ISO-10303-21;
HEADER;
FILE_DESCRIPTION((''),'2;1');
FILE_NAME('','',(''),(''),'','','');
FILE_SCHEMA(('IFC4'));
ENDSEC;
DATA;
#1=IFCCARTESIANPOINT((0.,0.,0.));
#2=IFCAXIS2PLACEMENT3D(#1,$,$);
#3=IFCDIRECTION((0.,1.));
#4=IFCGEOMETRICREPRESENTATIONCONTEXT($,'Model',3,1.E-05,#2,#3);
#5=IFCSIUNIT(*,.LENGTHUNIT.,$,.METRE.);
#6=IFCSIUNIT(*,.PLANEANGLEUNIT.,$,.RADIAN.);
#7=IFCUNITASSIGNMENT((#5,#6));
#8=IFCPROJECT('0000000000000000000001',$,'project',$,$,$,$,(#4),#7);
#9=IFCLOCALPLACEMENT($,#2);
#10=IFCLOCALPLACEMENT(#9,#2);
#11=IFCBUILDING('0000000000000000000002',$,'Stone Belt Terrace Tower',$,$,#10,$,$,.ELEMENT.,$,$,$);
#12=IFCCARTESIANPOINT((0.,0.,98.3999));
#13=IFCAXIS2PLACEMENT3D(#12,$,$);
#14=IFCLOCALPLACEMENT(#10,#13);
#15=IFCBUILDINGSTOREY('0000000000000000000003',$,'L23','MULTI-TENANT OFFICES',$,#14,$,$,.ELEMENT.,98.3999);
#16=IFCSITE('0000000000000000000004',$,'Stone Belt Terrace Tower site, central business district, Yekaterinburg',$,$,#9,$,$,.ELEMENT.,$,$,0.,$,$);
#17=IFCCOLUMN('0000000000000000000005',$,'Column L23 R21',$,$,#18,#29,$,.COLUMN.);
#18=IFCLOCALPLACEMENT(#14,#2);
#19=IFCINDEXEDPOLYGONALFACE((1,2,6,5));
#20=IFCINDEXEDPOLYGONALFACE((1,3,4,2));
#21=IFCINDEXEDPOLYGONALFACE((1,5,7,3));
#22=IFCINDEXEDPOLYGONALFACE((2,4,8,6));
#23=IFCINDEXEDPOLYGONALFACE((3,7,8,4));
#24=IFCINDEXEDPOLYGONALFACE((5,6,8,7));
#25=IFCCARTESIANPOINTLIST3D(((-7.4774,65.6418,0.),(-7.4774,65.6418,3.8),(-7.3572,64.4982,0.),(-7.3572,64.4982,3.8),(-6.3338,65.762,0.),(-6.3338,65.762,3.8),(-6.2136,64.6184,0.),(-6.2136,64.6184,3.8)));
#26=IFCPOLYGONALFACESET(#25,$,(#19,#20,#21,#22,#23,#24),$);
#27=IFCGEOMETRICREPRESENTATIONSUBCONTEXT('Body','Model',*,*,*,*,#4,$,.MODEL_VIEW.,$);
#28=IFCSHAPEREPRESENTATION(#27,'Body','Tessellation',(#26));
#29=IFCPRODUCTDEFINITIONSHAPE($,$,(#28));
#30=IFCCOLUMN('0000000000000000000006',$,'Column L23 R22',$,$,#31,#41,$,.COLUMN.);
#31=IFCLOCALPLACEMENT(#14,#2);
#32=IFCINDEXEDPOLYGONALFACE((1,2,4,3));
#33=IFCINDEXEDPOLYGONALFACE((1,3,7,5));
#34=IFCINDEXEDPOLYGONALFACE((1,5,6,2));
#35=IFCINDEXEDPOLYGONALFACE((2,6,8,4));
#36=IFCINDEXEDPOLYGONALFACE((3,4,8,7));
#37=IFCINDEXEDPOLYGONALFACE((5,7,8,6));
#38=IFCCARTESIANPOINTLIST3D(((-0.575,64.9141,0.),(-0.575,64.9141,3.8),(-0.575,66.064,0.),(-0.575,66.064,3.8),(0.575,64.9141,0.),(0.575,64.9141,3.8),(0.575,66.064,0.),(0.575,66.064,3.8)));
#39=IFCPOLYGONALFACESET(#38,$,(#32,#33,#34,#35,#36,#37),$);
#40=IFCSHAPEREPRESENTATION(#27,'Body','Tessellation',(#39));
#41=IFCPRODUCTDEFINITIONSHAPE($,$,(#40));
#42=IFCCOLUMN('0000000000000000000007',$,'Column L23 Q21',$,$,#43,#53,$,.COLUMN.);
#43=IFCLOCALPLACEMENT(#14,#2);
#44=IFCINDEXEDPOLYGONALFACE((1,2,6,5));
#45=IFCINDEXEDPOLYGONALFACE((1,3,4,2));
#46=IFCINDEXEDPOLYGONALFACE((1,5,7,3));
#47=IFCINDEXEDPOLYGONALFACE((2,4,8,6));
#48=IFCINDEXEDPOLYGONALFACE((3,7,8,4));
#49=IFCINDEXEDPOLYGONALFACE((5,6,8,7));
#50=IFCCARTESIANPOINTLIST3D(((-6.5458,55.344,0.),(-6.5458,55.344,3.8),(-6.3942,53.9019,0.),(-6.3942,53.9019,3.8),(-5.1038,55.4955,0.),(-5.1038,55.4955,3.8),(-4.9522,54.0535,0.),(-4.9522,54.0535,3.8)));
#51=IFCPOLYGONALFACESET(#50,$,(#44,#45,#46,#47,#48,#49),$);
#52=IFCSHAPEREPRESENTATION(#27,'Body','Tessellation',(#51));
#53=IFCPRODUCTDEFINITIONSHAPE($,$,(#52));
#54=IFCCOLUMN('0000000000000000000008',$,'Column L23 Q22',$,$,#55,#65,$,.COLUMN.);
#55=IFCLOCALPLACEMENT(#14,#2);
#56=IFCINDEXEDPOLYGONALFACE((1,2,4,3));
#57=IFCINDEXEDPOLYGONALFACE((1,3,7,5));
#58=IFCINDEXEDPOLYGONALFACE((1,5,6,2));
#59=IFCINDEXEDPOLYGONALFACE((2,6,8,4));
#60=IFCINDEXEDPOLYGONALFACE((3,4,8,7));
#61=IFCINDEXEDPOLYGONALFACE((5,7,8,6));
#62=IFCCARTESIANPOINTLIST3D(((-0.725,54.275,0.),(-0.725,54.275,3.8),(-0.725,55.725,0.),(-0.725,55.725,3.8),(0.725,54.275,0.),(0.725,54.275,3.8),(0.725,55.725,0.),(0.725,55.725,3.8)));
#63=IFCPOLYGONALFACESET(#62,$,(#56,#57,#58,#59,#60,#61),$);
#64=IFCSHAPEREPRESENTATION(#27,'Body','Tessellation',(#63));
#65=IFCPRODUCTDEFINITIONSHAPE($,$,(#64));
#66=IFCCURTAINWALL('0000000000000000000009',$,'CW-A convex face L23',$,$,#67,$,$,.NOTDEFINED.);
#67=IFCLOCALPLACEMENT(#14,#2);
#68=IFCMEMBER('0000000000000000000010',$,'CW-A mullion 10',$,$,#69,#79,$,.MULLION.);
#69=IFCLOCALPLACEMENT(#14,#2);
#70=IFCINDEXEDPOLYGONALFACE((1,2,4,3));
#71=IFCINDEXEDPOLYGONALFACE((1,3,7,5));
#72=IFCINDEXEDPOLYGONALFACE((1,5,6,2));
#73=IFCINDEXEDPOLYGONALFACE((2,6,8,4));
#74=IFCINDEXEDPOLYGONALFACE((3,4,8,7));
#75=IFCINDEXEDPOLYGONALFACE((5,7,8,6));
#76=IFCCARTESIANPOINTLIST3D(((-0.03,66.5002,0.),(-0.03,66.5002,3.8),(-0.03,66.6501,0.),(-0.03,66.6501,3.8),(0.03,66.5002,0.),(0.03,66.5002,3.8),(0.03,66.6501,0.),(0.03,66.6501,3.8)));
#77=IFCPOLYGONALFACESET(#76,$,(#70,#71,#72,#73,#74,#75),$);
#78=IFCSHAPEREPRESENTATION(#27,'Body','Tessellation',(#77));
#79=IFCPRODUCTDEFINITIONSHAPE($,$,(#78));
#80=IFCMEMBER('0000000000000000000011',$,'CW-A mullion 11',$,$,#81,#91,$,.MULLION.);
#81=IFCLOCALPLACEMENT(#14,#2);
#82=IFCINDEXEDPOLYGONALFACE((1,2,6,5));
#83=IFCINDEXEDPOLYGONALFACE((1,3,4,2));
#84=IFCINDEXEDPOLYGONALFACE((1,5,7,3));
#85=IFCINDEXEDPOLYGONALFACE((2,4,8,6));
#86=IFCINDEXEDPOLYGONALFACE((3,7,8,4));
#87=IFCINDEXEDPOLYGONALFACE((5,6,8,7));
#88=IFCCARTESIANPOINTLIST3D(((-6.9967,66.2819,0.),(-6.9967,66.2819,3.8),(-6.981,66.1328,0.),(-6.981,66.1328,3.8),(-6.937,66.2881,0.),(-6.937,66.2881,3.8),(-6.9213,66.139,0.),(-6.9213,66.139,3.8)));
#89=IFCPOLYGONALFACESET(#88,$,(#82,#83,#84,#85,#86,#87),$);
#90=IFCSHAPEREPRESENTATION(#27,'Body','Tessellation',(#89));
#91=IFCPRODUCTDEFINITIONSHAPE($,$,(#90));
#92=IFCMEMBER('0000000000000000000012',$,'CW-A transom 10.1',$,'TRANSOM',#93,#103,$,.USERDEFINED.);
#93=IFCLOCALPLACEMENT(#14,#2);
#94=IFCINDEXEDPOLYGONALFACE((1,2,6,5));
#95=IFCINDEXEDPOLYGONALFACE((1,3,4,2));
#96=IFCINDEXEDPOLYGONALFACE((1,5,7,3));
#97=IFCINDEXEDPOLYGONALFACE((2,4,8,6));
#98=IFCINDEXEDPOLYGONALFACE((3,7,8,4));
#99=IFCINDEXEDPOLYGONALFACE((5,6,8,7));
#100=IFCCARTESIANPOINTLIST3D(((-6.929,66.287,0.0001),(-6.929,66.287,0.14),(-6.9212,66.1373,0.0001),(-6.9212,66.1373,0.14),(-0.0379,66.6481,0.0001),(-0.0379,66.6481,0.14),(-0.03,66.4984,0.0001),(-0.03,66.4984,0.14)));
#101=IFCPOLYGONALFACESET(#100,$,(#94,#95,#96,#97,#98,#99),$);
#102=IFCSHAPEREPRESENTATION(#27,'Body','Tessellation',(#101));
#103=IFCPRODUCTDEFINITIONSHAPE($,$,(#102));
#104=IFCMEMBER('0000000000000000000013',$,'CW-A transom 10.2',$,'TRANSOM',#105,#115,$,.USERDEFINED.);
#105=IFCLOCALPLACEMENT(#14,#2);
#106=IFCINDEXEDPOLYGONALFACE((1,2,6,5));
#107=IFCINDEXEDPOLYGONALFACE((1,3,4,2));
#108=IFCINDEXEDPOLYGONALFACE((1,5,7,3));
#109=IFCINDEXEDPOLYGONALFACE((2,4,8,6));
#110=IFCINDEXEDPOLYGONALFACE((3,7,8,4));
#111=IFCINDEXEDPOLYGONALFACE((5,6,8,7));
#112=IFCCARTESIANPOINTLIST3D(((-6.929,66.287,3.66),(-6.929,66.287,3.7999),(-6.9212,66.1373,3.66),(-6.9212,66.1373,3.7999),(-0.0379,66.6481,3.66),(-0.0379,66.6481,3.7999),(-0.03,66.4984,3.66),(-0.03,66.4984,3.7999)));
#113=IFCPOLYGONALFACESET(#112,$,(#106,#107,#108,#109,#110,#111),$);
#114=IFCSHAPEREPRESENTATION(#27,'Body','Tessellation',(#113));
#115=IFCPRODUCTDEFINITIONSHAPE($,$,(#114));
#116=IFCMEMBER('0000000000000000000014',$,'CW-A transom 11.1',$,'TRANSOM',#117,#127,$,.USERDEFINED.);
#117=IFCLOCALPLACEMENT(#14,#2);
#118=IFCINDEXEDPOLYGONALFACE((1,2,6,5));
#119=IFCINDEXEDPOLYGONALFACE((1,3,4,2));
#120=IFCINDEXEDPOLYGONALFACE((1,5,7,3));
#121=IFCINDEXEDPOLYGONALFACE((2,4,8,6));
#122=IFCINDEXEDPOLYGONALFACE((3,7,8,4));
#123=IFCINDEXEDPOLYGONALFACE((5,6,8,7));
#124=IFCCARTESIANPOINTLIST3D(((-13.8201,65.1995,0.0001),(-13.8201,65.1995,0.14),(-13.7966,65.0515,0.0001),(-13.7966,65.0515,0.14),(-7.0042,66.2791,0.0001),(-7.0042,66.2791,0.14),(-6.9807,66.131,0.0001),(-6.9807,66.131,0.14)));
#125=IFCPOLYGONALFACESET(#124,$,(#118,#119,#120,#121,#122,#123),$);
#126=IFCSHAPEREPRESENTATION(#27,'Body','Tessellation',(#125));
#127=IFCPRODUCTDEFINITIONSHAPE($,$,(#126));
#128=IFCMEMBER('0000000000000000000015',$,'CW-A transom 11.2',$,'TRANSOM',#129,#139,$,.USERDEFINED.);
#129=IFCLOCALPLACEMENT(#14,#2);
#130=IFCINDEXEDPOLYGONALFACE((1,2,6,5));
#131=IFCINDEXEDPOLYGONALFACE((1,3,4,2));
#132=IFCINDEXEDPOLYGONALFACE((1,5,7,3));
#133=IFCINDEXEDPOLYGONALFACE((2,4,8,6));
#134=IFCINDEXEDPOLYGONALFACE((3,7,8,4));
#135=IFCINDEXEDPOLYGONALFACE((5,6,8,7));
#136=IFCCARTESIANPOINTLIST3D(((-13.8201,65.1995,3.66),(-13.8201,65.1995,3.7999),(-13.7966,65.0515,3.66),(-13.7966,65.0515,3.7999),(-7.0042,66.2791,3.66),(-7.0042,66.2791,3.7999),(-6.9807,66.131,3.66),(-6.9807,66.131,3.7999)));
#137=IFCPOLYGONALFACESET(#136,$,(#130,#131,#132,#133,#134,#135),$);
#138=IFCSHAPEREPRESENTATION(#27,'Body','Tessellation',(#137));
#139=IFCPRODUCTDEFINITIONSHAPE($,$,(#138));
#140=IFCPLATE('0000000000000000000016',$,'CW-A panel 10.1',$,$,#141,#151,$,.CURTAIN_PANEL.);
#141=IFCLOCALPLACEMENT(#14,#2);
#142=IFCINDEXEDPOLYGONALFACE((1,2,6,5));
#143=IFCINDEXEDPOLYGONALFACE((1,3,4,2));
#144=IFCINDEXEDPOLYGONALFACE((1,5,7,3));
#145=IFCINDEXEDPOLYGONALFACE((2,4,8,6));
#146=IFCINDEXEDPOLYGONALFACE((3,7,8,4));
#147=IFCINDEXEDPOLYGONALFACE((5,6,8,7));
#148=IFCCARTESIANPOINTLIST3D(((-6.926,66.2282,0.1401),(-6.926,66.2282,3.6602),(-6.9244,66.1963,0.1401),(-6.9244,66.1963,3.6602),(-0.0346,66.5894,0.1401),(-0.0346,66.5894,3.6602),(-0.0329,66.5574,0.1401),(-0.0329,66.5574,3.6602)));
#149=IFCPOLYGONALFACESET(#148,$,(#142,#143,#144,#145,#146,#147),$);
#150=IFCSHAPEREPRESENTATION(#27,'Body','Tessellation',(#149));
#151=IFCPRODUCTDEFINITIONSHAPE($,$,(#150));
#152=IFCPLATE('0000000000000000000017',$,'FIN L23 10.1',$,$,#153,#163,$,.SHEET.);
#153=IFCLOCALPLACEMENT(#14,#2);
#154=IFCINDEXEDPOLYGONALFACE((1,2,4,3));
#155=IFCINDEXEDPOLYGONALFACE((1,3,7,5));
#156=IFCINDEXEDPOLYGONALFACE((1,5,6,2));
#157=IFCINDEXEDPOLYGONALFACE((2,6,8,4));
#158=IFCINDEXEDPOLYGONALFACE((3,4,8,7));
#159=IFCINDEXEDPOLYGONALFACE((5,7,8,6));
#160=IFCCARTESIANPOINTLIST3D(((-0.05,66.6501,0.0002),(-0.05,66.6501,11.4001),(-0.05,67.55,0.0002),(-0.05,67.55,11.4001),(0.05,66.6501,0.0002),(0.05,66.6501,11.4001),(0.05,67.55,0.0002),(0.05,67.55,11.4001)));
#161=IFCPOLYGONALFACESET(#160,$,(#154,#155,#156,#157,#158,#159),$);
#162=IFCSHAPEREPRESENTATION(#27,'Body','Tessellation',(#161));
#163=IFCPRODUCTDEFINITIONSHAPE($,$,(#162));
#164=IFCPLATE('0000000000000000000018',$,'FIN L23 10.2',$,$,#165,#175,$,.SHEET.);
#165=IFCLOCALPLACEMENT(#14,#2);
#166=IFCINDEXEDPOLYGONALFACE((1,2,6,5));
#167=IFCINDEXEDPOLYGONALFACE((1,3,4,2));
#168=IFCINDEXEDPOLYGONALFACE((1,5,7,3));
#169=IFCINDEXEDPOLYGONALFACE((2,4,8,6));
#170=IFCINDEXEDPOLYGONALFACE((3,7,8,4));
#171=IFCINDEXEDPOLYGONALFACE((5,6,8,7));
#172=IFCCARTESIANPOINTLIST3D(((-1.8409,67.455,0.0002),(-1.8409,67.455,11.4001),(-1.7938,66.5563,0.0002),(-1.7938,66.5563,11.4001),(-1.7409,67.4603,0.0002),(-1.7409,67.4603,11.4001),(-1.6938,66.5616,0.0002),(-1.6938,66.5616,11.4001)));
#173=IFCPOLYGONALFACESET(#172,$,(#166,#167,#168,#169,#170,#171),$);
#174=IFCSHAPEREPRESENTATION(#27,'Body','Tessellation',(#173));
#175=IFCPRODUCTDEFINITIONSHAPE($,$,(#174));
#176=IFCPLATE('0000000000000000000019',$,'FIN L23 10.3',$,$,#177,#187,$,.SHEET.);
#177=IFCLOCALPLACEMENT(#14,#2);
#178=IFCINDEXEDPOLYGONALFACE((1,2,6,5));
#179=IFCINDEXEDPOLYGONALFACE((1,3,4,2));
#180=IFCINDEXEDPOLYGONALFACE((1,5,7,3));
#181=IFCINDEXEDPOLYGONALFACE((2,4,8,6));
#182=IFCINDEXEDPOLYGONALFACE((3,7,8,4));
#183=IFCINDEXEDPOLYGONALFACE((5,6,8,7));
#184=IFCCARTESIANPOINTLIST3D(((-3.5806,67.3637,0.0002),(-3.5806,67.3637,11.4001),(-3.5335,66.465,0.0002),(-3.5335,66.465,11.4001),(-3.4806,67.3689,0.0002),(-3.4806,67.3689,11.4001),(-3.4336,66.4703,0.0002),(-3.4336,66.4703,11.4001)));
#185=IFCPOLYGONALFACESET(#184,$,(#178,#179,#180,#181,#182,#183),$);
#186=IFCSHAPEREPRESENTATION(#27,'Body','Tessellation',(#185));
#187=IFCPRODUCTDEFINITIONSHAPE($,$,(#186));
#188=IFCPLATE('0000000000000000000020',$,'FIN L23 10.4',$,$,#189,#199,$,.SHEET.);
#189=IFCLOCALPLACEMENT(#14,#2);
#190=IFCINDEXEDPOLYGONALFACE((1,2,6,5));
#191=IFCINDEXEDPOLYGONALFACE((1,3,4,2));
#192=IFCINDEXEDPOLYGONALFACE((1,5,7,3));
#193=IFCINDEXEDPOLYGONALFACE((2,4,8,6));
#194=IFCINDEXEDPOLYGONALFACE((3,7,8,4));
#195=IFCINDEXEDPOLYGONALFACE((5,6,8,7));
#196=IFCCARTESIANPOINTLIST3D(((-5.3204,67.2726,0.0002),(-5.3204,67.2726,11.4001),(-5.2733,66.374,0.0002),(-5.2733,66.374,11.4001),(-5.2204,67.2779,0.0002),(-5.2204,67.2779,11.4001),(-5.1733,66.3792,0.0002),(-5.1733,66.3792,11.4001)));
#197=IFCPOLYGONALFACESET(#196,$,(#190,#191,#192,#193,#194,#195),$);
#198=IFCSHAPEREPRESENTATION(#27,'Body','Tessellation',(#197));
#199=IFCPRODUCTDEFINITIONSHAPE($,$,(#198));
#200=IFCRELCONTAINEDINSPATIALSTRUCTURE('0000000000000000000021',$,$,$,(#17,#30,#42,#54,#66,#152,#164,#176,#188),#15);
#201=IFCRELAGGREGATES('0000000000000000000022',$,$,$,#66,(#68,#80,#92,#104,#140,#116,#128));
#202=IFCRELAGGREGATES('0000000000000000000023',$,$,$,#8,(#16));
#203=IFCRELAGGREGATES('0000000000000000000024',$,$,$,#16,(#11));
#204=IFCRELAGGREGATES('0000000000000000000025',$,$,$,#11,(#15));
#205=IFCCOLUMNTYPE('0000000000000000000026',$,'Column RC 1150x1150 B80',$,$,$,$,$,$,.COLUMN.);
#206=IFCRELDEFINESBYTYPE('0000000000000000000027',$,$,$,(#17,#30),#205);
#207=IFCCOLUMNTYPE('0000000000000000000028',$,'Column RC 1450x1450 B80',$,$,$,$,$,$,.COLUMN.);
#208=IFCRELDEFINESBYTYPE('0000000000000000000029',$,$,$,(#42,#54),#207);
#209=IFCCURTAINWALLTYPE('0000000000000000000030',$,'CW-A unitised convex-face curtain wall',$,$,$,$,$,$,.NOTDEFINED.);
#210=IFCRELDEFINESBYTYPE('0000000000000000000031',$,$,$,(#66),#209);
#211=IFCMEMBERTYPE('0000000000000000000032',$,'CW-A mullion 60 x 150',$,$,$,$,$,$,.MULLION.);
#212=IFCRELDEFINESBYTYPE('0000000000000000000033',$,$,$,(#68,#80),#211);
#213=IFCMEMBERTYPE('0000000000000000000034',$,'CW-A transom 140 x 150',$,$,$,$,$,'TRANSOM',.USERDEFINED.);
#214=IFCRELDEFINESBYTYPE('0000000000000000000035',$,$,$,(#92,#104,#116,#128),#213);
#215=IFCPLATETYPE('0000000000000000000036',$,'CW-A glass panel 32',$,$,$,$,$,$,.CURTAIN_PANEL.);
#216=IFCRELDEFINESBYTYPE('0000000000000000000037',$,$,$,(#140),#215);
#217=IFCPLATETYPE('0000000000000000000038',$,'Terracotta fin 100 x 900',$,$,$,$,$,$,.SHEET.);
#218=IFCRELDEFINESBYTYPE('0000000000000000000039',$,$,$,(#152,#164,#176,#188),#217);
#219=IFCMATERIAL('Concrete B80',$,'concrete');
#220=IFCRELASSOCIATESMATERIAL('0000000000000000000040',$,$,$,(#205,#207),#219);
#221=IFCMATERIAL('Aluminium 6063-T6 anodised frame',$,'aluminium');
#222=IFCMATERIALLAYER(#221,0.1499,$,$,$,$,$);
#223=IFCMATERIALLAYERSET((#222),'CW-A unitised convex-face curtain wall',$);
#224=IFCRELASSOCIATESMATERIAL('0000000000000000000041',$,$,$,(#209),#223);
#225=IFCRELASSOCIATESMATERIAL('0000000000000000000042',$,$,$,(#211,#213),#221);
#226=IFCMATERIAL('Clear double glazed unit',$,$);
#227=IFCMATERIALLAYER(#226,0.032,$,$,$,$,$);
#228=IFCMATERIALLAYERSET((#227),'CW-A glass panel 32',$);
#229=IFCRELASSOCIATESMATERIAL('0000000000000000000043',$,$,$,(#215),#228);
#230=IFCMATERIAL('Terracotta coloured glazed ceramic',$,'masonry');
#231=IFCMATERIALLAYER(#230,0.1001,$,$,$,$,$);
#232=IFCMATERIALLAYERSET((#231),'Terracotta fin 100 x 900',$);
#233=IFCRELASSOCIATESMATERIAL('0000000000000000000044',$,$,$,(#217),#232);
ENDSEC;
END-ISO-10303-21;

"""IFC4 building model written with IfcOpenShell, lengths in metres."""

from ifc_helpers import new_model, si_unit, direction, frame, origin, origin_2d, place, context, subcontext, project, spatial, rectangle, extrude, material, layer, layer_set, material_profile, profile_set, type_object, element, aggregate, save


model = new_model("IFC4")

# Units and contexts
model_context = context("Model", 3, precision=1e-05, world=origin(), true_north=direction((0.0, 1.0)))
body_context = subcontext(model_context, "Body", "Model", "MODEL_VIEW")
ifc_project = project(units=[si_unit("LENGTHUNIT", "METRE"), si_unit("PLANEANGLEUNIT", "RADIAN")], contexts=[model_context])

# Site, building, storey
site_placement = place(None, origin())
site = spatial("IfcSite", under=ifc_project, at=site_placement, Name="Stone Belt Terrace Tower site, central business district, Yekaterinburg", CompositionType="ELEMENT", RefElevation=0.0)
building_placement = place(site_placement, origin())
building = spatial("IfcBuilding", under=site, at=building_placement, Name="Stone Belt Terrace Tower", CompositionType="ELEMENT")
storey_placement = place(building_placement, frame((0.0, 0.0, 98.3999)))
storey = spatial("IfcBuildingStorey", under=building, at=storey_placement, Name="L23", Description="MULTI-TENANT OFFICES", CompositionType="ELEMENT", Elevation=98.3999)

# Columns
ifc_material_1 = material(Name="Concrete B80", Category="concrete")
ifc_material_profile_1 = material_profile(ifc_material_1, rectangle(XDim=1.1499, YDim=1.1499, at=origin_2d()), Name="RC 1150x1150")
ifc_profile_set_1 = profile_set([ifc_material_profile_1], Name="Concrete B80")
column_type_1 = type_object("IfcColumnType", Name="Column RC 1150x1150 B80", PredefinedType="COLUMN", material=ifc_profile_set_1)
for number, where, z_axis, x_axis, name in (
    (1, (-6.8455, 65.1301, 0.0), (0.0, 0.0, 1.0), (0.994522, 0.104528, 0.0), "Column L23 R21"),
    (2, (0.0, 65.489, 0.0), (0.0, 0.0, 1.0), (1.0, 0.0, 0.0), "Column L23 R22"),
):
    element("IfcColumn", number, at=place(storey_placement, frame(where, z_axis=z_axis, x_axis=x_axis)), inside=storey, type_object=column_type_1, Name=name, PredefinedType="COLUMN", context=body_context, shape_type="SweptSolid", body=[
        extrude(rectangle(XDim=1.1499, YDim=1.1499, at=origin_2d()), origin(), (0.0, 0.0, 1.0), 3.8),
    ])
ifc_material_profile_2 = material_profile(ifc_material_1, rectangle(XDim=1.45, YDim=1.45, at=origin_2d()), Name="RC 1450x1450")
ifc_profile_set_2 = profile_set([ifc_material_profile_2], Name="Concrete B80")
column_type_2 = type_object("IfcColumnType", Name="Column RC 1450x1450 B80", PredefinedType="COLUMN", material=ifc_profile_set_2)
for number, where, z_axis, x_axis, name in (
    (3, (-5.749, 54.6987, 0.0), (0.0, 0.0, 1.0), (0.994522, 0.104528, 0.0), "Column L23 Q21"),
    (4, (0.0, 55.0, 0.0), (0.0, 0.0, 1.0), (1.0, 0.0, 0.0), "Column L23 Q22"),
):
    element("IfcColumn", number, at=place(storey_placement, frame(where, z_axis=z_axis, x_axis=x_axis)), inside=storey, type_object=column_type_2, Name=name, PredefinedType="COLUMN", context=body_context, shape_type="SweptSolid", body=[
        extrude(rectangle(XDim=1.45, YDim=1.45, at=origin_2d()), origin(), (0.0, 0.0, 1.0), 3.8),
    ])

# Curtain wall, members, plate
ifc_material_2 = material(Name="Aluminium 6063-T6 anodised frame", Category="aluminium")
ifc_layer_1 = layer(ifc_material_2, 0.1499)
ifc_layer_set_1 = layer_set([ifc_layer_1], Name="CW-A unitised convex-face curtain wall")
curtain_wall_type = type_object("IfcCurtainWallType", Name="CW-A unitised convex-face curtain wall", PredefinedType="NOTDEFINED", material=ifc_layer_set_1)
curtain_wall_placement = place(storey_placement, origin())
curtain_wall = element("IfcCurtainWall", 5, at=curtain_wall_placement, inside=storey, type_object=curtain_wall_type, Name="CW-A convex face L23", PredefinedType="NOTDEFINED")
ifc_material_profile_3 = material_profile(ifc_material_2, rectangle(XDim=0.1499, YDim=0.0601, at=origin_2d()), Name="Aluminium 6063-T6 60x150")
ifc_profile_set_3 = profile_set([ifc_material_profile_3], Name="Aluminium 6063-T6 anodised frame")
member_type_1 = type_object("IfcMemberType", Name="CW-A mullion 60 x 150", PredefinedType="MULLION", material=ifc_profile_set_3)
member_1_placement = place(storey_placement, frame((0.0, 66.5752, 0.0), z_axis=(0.0, 0.0, 1.0), x_axis=(0.0, -1.0, 0.0)))
member_1 = element("IfcMember", 6, at=member_1_placement, type_object=member_type_1, Name="CW-A mullion 10", PredefinedType="MULLION", context=body_context, shape_type="SweptSolid", body=[
    extrude(rectangle(XDim=0.1499, YDim=0.0601, at=origin_2d()), origin(), (0.0, 0.0, 1.0), 3.8),
])
member_2_placement = place(storey_placement, frame((-6.959, 66.2104, 0.0), z_axis=(0.0, 0.0, 1.0), x_axis=(0.104528, -0.994522, 0.0)))
member_2 = element("IfcMember", 7, at=member_2_placement, type_object=member_type_1, Name="CW-A mullion 11", PredefinedType="MULLION", context=body_context, shape_type="SweptSolid", body=[
    extrude(rectangle(XDim=0.1499, YDim=0.0601, at=origin_2d()), origin(), (0.0, 0.0, 1.0), 3.8),
])
ifc_material_profile_4 = material_profile(ifc_material_2, rectangle(XDim=0.1499, YDim=0.1399, at=origin_2d()), Name="Aluminium 6063-T6 150x140")
ifc_profile_set_4 = profile_set([ifc_material_profile_4], Name="Aluminium 6063-T6 anodised frame")
member_type_2 = type_object("IfcMemberType", Name="CW-A transom 140 x 150", ElementType="TRANSOM", PredefinedType="USERDEFINED", material=ifc_profile_set_4)
member_3_placement = place(storey_placement, frame((-0.0339, 66.5732, 0.0701), z_axis=(-0.99863, -0.052327, 0.0), x_axis=(0.052327, -0.99863, 0.0)))
member_3 = element("IfcMember", 8, at=member_3_placement, type_object=member_type_2, Name="CW-A transom 10.1", ObjectType="TRANSOM", PredefinedType="USERDEFINED", context=body_context, shape_type="SweptSolid", body=[
    extrude(rectangle(XDim=0.1499, YDim=0.1399, at=origin_2d()), origin(), (0.0, 0.0, 1.0), 6.9006),
])
member_4_placement = place(storey_placement, frame((-0.0339, 66.5732, 3.73), z_axis=(-0.99863, -0.052327, 0.0), x_axis=(0.052327, -0.99863, 0.0)))
member_4 = element("IfcMember", 9, at=member_4_placement, type_object=member_type_2, Name="CW-A transom 10.2", ObjectType="TRANSOM", PredefinedType="USERDEFINED", context=body_context, shape_type="SweptSolid", body=[
    extrude(rectangle(XDim=0.1499, YDim=0.1399, at=origin_2d()), origin(), (0.0, 0.0, 1.0), 6.9006),
])
member_5_placement = place(storey_placement, frame((-6.9924, 66.2051, 0.0701), z_axis=(-0.987687, -0.156442, 0.0), x_axis=(0.156442, -0.987687, 0.0)))
member_5 = element("IfcMember", 10, at=member_5_placement, type_object=member_type_2, Name="CW-A transom 11.1", ObjectType="TRANSOM", PredefinedType="USERDEFINED", context=body_context, shape_type="SweptSolid", body=[
    extrude(rectangle(XDim=0.1499, YDim=0.1399, at=origin_2d()), origin(), (0.0, 0.0, 1.0), 6.9009),
])
member_6_placement = place(storey_placement, frame((-6.9924, 66.2051, 3.73), z_axis=(-0.987687, -0.156442, 0.0), x_axis=(0.156442, -0.987687, 0.0)))
member_6 = element("IfcMember", 11, at=member_6_placement, type_object=member_type_2, Name="CW-A transom 11.2", ObjectType="TRANSOM", PredefinedType="USERDEFINED", context=body_context, shape_type="SweptSolid", body=[
    extrude(rectangle(XDim=0.1499, YDim=0.1399, at=origin_2d()), origin(), (0.0, 0.0, 1.0), 6.9009),
])
ifc_material_3 = material(Name="Clear double glazed unit")
ifc_layer_2 = layer(ifc_material_3, 0.032)
ifc_layer_set_2 = layer_set([ifc_layer_2], Name="CW-A glass panel 32")
plate_type_1 = type_object("IfcPlateType", Name="CW-A glass panel 32", PredefinedType="CURTAIN_PANEL", material=ifc_layer_set_2)
plate_placement = place(storey_placement, frame((-3.4795, 66.3928, 0.1401), z_axis=(0.0, 0.0, 1.0), x_axis=(-0.99863, -0.052336, 0.0)))
plate = element("IfcPlate", 12, at=plate_placement, type_object=plate_type_1, Name="CW-A panel 10.1", PredefinedType="CURTAIN_PANEL", context=body_context, shape_type="SweptSolid", body=[
    extrude(rectangle(XDim=6.9009, YDim=0.032, at=origin_2d()), origin(), (0.0, 0.0, 1.0), 3.52),
])
aggregate(curtain_wall, [member_1, member_2, member_3, member_4, plate, member_5, member_6])

# Plates
ifc_material_4 = material(Name="Terracotta coloured glazed ceramic", Category="masonry")
ifc_layer_3 = layer(ifc_material_4, 0.1001)
ifc_layer_set_3 = layer_set([ifc_layer_3], Name="Terracotta fin 100 x 900")
plate_type_2 = type_object("IfcPlateType", Name="Terracotta fin 100 x 900", PredefinedType="SHEET", material=ifc_layer_set_3)
for number, where, z_axis, x_axis, name in (
    (13, (0.0, 67.1001, 0.0002), (0.0, 0.0, 1.0), (0.0, 1.0, 0.0), "FIN L23 10.1"),
    (14, (-1.7673, 67.0083, 0.0002), (0.0, 0.0, 1.0), (-0.052336, 0.99863, 0.0), "FIN L23 10.2"),
    (15, (-3.5071, 66.917, 0.0002), (0.0, 0.0, 1.0), (-0.052336, 0.99863, 0.0), "FIN L23 10.3"),
    (16, (-5.2468, 66.8259, 0.0002), (0.0, 0.0, 1.0), (-0.052336, 0.99863, 0.0), "FIN L23 10.4"),
):
    element("IfcPlate", number, at=place(storey_placement, frame(where, z_axis=z_axis, x_axis=x_axis)), inside=storey, type_object=plate_type_2, Name=name, PredefinedType="SHEET", context=body_context, shape_type="SweptSolid", body=[
        extrude(rectangle(XDim=0.8999, YDim=0.1001, at=origin_2d()), origin(), (0.0, 0.0, 1.0), 11.3999),
    ])

save(model, "model.ifc")
